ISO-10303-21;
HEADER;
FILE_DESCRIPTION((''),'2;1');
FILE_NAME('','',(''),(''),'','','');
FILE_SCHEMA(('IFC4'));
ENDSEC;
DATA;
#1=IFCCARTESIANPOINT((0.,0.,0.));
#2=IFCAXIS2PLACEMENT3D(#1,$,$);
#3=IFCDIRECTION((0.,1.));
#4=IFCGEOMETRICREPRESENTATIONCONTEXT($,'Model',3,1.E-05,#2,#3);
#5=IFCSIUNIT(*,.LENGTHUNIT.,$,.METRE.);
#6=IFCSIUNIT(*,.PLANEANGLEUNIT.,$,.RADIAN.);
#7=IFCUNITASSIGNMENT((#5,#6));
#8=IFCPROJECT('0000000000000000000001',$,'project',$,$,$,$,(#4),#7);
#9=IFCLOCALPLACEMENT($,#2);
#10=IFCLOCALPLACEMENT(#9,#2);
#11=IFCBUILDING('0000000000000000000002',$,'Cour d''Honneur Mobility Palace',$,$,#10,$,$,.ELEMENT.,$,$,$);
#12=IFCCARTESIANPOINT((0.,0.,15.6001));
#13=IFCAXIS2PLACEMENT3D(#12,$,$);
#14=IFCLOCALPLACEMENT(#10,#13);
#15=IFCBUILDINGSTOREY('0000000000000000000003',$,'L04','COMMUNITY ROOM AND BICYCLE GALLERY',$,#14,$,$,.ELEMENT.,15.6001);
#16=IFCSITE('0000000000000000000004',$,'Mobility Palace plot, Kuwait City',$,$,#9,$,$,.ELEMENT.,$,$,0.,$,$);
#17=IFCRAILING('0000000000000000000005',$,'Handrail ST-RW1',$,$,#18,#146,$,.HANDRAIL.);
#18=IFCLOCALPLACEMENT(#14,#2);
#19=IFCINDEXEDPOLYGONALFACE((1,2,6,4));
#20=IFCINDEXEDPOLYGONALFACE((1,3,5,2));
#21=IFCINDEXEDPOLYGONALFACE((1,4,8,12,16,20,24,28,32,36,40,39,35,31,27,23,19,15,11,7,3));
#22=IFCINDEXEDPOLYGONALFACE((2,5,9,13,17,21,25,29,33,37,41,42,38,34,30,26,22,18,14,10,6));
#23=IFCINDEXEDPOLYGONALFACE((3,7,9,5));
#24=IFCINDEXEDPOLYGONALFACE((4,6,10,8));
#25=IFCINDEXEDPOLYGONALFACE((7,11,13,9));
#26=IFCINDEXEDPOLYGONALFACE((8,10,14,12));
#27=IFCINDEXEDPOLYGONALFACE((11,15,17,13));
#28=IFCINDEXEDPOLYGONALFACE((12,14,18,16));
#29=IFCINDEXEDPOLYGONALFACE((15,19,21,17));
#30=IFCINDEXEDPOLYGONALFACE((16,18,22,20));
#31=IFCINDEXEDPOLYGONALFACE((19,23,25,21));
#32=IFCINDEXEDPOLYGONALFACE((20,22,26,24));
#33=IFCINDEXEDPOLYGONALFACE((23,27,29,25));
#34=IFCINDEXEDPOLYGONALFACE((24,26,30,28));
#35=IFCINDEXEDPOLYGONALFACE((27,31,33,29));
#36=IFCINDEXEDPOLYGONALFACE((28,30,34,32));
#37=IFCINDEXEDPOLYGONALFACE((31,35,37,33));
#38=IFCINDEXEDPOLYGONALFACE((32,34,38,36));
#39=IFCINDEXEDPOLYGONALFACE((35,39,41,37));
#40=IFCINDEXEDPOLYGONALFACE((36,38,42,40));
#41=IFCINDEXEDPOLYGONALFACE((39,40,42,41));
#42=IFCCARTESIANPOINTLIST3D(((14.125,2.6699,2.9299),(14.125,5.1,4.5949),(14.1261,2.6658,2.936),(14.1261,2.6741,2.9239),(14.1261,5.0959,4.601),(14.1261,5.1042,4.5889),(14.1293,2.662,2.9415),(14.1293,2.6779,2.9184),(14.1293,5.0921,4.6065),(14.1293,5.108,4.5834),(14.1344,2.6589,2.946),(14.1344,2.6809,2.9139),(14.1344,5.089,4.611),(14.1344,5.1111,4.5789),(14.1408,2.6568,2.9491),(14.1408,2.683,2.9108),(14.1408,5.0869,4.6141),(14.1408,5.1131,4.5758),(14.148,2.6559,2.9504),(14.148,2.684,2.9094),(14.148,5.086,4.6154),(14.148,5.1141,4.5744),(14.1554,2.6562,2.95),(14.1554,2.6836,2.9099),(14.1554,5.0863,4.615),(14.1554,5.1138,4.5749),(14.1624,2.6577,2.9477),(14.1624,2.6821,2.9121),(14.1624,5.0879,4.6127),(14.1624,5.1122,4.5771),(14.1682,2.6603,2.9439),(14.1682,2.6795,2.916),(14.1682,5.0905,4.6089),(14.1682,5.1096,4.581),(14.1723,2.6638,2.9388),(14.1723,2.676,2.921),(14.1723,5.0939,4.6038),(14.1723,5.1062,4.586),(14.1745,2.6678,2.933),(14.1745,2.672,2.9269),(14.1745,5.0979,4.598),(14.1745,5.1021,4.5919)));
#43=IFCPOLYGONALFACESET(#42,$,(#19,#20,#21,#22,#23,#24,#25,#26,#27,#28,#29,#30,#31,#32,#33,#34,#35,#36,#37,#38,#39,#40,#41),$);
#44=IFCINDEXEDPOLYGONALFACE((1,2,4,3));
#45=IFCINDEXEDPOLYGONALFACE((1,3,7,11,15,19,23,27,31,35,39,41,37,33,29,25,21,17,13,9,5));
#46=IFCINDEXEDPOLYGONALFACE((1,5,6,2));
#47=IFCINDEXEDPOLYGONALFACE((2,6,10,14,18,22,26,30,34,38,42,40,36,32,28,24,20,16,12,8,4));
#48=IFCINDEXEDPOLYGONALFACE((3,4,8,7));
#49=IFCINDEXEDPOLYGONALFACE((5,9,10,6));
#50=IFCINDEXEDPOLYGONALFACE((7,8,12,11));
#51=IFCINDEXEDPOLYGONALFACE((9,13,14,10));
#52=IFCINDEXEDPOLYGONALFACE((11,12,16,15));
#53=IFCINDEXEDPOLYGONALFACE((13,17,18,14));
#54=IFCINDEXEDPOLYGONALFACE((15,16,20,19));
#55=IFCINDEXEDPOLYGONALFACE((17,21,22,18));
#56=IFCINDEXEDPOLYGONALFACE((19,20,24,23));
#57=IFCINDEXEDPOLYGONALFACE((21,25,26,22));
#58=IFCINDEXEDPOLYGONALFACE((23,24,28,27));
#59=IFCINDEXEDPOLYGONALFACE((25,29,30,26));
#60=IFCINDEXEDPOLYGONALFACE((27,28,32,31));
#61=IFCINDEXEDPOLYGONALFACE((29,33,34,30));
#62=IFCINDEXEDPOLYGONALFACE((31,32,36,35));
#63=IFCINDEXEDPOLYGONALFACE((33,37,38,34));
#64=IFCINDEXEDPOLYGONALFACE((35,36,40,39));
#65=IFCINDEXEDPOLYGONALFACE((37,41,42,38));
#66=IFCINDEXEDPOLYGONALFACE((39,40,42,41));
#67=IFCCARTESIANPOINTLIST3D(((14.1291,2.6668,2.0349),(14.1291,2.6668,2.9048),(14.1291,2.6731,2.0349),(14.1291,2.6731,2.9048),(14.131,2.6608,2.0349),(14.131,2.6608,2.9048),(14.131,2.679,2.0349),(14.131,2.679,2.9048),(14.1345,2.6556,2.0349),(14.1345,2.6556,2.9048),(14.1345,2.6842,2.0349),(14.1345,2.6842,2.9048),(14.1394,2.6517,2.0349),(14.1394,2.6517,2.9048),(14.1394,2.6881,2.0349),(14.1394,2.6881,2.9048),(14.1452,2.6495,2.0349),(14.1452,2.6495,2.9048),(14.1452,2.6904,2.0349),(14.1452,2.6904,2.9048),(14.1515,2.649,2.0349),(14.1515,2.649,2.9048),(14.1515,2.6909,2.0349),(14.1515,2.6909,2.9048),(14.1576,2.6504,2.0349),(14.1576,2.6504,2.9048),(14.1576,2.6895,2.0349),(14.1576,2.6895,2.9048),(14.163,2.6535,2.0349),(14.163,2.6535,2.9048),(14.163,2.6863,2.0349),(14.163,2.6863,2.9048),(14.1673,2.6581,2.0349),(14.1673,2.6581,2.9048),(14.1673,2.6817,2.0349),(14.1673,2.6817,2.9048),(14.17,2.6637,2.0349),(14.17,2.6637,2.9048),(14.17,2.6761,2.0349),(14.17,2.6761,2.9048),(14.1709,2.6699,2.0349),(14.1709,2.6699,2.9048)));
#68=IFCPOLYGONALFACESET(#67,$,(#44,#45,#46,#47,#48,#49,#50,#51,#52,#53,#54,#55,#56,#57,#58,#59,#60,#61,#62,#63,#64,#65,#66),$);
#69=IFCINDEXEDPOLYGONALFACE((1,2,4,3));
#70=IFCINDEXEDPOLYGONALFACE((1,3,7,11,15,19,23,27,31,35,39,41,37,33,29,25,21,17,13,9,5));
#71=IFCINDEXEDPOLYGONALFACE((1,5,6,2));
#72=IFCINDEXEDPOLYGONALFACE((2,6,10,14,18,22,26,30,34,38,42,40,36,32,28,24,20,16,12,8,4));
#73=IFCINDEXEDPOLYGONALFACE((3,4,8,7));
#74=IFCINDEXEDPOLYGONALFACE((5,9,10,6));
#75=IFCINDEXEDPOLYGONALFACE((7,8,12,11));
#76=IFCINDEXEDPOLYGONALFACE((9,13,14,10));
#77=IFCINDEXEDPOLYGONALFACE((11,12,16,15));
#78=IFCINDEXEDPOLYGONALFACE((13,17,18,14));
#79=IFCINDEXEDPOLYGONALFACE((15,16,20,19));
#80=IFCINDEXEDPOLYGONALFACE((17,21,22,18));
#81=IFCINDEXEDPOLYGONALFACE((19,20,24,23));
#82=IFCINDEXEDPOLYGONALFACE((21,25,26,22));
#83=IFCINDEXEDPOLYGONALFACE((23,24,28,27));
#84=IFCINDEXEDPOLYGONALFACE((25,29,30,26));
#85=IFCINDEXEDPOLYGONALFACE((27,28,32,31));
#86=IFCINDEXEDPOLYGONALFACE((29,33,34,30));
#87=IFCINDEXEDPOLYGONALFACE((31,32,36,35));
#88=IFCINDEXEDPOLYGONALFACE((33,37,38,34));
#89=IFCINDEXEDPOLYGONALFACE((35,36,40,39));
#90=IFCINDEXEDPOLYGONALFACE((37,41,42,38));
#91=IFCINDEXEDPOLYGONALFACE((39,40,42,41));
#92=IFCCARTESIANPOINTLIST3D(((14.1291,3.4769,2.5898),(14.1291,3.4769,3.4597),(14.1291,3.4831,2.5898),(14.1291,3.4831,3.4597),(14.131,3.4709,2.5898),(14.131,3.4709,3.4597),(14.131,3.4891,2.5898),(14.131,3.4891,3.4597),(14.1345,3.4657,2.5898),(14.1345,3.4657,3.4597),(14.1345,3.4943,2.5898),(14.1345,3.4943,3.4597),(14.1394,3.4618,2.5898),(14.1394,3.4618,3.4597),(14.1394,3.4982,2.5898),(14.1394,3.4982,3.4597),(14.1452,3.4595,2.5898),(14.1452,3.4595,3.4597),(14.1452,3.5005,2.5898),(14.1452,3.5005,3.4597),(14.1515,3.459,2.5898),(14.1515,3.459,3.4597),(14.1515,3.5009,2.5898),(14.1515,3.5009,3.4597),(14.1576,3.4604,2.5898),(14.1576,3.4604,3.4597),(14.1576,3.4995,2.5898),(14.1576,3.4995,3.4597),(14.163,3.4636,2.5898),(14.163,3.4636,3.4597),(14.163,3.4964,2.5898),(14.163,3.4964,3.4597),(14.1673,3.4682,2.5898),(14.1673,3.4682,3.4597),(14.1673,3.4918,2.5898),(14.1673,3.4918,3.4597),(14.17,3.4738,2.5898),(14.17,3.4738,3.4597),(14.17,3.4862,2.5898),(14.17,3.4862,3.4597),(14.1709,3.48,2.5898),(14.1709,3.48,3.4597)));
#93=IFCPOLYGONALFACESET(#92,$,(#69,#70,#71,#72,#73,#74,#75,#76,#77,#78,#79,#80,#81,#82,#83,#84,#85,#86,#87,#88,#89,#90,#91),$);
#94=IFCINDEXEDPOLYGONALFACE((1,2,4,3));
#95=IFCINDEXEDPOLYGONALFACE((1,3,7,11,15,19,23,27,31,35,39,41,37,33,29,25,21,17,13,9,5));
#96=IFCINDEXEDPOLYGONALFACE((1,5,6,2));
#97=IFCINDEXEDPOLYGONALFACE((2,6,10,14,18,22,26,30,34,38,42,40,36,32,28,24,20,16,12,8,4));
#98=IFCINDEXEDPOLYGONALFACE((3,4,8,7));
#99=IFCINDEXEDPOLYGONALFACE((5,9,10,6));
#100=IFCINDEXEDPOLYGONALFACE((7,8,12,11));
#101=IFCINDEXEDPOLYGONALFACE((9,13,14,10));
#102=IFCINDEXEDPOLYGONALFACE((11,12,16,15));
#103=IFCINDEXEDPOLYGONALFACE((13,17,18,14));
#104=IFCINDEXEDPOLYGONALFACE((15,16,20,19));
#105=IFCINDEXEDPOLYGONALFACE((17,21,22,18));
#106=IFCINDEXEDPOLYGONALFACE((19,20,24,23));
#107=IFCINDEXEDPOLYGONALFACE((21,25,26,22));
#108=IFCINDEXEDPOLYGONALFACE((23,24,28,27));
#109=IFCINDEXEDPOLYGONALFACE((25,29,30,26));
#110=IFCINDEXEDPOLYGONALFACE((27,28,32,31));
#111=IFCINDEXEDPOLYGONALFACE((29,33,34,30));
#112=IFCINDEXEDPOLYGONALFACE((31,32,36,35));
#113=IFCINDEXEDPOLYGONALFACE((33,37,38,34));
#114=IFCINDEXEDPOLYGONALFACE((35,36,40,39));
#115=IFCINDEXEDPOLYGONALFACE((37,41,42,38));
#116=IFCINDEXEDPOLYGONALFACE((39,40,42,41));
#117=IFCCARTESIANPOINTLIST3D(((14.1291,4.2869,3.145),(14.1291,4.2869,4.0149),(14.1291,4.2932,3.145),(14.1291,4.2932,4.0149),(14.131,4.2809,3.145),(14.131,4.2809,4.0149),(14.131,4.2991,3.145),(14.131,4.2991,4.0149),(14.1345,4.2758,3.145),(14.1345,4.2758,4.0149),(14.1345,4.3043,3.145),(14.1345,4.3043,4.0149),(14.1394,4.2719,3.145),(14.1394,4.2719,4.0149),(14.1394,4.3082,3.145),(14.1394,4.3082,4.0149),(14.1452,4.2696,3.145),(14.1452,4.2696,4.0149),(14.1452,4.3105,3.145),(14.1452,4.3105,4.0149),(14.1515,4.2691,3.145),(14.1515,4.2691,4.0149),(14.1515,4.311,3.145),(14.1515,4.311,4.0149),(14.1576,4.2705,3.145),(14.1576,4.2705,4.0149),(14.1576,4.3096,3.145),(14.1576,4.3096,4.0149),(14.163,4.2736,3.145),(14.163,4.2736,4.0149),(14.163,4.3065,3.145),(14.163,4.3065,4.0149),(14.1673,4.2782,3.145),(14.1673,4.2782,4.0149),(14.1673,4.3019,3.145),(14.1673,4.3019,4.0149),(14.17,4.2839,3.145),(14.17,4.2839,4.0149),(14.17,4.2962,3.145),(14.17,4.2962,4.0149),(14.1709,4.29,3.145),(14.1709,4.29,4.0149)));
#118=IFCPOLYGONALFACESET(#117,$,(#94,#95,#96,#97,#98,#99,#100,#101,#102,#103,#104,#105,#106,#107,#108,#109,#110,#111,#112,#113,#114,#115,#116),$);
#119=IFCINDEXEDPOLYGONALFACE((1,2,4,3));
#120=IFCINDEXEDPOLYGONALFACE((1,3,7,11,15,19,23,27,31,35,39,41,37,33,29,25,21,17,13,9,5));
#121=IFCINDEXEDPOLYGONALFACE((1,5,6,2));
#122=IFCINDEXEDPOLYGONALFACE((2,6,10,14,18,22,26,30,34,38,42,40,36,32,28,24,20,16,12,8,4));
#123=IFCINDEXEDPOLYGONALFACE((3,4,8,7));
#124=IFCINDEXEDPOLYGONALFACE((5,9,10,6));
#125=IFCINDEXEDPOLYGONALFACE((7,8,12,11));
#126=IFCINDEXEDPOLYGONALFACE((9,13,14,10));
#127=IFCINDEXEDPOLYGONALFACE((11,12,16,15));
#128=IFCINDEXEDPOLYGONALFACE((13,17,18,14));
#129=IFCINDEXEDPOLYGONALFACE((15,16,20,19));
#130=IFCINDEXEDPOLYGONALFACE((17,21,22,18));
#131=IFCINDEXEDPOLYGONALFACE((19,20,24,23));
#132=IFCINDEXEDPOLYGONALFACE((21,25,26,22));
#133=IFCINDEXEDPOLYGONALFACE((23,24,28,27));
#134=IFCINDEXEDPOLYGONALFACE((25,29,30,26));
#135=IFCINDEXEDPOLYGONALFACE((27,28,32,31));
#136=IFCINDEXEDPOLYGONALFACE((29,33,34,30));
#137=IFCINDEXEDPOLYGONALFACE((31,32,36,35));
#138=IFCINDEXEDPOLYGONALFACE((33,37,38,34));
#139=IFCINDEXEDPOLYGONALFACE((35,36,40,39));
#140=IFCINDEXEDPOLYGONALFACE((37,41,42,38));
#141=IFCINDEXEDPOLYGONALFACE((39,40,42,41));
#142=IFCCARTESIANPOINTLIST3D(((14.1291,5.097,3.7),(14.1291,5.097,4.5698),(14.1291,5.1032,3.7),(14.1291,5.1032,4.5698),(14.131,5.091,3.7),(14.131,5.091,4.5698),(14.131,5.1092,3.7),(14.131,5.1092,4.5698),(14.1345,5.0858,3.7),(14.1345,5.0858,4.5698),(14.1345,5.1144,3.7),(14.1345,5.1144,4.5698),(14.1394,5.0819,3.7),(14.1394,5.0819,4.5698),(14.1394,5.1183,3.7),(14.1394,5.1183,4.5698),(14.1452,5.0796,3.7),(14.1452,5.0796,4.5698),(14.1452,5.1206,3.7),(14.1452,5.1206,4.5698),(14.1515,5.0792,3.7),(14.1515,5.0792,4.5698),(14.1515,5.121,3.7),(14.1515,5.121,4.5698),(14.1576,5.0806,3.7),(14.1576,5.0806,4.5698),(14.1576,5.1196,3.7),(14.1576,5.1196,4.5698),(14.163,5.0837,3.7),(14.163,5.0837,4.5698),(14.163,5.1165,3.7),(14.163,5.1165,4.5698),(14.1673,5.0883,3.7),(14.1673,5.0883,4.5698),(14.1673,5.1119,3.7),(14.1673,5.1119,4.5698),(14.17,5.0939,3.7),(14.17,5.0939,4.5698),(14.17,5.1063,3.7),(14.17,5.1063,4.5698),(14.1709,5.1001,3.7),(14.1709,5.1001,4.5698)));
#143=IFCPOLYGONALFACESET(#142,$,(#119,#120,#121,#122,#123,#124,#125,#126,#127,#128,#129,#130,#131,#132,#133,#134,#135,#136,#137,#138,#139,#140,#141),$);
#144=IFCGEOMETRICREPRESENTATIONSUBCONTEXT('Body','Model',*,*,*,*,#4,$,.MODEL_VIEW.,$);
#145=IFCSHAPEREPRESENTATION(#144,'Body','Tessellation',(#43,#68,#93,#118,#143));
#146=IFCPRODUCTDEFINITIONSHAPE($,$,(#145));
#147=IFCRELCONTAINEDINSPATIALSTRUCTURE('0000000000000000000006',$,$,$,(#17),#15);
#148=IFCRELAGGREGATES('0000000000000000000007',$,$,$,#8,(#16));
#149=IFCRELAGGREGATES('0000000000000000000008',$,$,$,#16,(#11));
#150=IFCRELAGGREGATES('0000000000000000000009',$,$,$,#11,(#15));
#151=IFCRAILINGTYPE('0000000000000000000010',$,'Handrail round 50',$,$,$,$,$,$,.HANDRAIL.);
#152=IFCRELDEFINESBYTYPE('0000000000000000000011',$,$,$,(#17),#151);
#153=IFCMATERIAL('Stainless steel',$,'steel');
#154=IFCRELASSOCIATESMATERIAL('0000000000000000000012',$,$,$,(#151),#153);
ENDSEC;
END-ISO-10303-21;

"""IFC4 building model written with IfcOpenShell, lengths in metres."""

from ifc_helpers import new_model, si_unit, direction, frame, origin, origin_2d, place, context, subcontext, project, spatial, circle, extrude, material, type_object, element, save


model = new_model("IFC4")

# Units and contexts
model_context = context("Model", 3, precision=1e-05, world=origin(), true_north=direction((0.0, 1.0)))
body_context = subcontext(model_context, "Body", "Model", "MODEL_VIEW")
ifc_project = project(units=[si_unit("LENGTHUNIT", "METRE"), si_unit("PLANEANGLEUNIT", "RADIAN")], contexts=[model_context])

# Site, building, storey
site_placement = place(None, origin())
site = spatial("IfcSite", under=ifc_project, at=site_placement, Name="Mobility Palace plot, Kuwait City", CompositionType="ELEMENT", RefElevation=0.0)
building_placement = place(site_placement, origin())
building = spatial("IfcBuilding", under=site, at=building_placement, Name="Cour d'Honneur Mobility Palace", CompositionType="ELEMENT")
storey_placement = place(building_placement, frame((0.0, 0.0, 15.6001)))
storey = spatial("IfcBuildingStorey", under=building, at=storey_placement, Name="L04", Description="COMMUNITY ROOM AND BICYCLE GALLERY", CompositionType="ELEMENT", Elevation=15.6001)

# Railing
ifc_material_1 = material(Name="Stainless steel", Category="steel")
railing_type_1 = type_object("IfcRailingType", Name="Handrail round 50", PredefinedType="HANDRAIL", material=ifc_material_1)
for number, where, name in (
    (1, (14.1499, 2.6699, 2.0349), "Handrail ST-RW1"),
):
    element("IfcRailing", number, at=place(storey_placement, frame(where)), inside=storey, type_object=railing_type_1, Name=name, PredefinedType="HANDRAIL", context=body_context, shape_type="SweptSolid", body=[
        extrude(circle(Radius=0.0249, at=origin_2d()), frame((0.0, 0.0, 0.895), z_axis=(0.0, 0.824945, 0.565213), x_axis=(-1.0, 0.0, 0.0)), (0.0, 0.0, 1.0), 2.9458),
        extrude(circle(Radius=0.021, at=origin_2d()), origin(), (0.0, 0.0, 1.0), 0.8699),
        extrude(circle(Radius=0.021, at=origin_2d()), frame((0.0, 0.8101, 0.5549)), (0.0, 0.0, 1.0), 0.8699),
        extrude(circle(Radius=0.021, at=origin_2d()), frame((0.0, 1.6201, 1.1101)), (0.0, 0.0, 1.0), 0.8699),
        extrude(circle(Radius=0.021, at=origin_2d()), frame((0.0, 2.4302, 1.665)), (0.0, 0.0, 1.0), 0.8699),
    ])

save(model, "model.ifc")
